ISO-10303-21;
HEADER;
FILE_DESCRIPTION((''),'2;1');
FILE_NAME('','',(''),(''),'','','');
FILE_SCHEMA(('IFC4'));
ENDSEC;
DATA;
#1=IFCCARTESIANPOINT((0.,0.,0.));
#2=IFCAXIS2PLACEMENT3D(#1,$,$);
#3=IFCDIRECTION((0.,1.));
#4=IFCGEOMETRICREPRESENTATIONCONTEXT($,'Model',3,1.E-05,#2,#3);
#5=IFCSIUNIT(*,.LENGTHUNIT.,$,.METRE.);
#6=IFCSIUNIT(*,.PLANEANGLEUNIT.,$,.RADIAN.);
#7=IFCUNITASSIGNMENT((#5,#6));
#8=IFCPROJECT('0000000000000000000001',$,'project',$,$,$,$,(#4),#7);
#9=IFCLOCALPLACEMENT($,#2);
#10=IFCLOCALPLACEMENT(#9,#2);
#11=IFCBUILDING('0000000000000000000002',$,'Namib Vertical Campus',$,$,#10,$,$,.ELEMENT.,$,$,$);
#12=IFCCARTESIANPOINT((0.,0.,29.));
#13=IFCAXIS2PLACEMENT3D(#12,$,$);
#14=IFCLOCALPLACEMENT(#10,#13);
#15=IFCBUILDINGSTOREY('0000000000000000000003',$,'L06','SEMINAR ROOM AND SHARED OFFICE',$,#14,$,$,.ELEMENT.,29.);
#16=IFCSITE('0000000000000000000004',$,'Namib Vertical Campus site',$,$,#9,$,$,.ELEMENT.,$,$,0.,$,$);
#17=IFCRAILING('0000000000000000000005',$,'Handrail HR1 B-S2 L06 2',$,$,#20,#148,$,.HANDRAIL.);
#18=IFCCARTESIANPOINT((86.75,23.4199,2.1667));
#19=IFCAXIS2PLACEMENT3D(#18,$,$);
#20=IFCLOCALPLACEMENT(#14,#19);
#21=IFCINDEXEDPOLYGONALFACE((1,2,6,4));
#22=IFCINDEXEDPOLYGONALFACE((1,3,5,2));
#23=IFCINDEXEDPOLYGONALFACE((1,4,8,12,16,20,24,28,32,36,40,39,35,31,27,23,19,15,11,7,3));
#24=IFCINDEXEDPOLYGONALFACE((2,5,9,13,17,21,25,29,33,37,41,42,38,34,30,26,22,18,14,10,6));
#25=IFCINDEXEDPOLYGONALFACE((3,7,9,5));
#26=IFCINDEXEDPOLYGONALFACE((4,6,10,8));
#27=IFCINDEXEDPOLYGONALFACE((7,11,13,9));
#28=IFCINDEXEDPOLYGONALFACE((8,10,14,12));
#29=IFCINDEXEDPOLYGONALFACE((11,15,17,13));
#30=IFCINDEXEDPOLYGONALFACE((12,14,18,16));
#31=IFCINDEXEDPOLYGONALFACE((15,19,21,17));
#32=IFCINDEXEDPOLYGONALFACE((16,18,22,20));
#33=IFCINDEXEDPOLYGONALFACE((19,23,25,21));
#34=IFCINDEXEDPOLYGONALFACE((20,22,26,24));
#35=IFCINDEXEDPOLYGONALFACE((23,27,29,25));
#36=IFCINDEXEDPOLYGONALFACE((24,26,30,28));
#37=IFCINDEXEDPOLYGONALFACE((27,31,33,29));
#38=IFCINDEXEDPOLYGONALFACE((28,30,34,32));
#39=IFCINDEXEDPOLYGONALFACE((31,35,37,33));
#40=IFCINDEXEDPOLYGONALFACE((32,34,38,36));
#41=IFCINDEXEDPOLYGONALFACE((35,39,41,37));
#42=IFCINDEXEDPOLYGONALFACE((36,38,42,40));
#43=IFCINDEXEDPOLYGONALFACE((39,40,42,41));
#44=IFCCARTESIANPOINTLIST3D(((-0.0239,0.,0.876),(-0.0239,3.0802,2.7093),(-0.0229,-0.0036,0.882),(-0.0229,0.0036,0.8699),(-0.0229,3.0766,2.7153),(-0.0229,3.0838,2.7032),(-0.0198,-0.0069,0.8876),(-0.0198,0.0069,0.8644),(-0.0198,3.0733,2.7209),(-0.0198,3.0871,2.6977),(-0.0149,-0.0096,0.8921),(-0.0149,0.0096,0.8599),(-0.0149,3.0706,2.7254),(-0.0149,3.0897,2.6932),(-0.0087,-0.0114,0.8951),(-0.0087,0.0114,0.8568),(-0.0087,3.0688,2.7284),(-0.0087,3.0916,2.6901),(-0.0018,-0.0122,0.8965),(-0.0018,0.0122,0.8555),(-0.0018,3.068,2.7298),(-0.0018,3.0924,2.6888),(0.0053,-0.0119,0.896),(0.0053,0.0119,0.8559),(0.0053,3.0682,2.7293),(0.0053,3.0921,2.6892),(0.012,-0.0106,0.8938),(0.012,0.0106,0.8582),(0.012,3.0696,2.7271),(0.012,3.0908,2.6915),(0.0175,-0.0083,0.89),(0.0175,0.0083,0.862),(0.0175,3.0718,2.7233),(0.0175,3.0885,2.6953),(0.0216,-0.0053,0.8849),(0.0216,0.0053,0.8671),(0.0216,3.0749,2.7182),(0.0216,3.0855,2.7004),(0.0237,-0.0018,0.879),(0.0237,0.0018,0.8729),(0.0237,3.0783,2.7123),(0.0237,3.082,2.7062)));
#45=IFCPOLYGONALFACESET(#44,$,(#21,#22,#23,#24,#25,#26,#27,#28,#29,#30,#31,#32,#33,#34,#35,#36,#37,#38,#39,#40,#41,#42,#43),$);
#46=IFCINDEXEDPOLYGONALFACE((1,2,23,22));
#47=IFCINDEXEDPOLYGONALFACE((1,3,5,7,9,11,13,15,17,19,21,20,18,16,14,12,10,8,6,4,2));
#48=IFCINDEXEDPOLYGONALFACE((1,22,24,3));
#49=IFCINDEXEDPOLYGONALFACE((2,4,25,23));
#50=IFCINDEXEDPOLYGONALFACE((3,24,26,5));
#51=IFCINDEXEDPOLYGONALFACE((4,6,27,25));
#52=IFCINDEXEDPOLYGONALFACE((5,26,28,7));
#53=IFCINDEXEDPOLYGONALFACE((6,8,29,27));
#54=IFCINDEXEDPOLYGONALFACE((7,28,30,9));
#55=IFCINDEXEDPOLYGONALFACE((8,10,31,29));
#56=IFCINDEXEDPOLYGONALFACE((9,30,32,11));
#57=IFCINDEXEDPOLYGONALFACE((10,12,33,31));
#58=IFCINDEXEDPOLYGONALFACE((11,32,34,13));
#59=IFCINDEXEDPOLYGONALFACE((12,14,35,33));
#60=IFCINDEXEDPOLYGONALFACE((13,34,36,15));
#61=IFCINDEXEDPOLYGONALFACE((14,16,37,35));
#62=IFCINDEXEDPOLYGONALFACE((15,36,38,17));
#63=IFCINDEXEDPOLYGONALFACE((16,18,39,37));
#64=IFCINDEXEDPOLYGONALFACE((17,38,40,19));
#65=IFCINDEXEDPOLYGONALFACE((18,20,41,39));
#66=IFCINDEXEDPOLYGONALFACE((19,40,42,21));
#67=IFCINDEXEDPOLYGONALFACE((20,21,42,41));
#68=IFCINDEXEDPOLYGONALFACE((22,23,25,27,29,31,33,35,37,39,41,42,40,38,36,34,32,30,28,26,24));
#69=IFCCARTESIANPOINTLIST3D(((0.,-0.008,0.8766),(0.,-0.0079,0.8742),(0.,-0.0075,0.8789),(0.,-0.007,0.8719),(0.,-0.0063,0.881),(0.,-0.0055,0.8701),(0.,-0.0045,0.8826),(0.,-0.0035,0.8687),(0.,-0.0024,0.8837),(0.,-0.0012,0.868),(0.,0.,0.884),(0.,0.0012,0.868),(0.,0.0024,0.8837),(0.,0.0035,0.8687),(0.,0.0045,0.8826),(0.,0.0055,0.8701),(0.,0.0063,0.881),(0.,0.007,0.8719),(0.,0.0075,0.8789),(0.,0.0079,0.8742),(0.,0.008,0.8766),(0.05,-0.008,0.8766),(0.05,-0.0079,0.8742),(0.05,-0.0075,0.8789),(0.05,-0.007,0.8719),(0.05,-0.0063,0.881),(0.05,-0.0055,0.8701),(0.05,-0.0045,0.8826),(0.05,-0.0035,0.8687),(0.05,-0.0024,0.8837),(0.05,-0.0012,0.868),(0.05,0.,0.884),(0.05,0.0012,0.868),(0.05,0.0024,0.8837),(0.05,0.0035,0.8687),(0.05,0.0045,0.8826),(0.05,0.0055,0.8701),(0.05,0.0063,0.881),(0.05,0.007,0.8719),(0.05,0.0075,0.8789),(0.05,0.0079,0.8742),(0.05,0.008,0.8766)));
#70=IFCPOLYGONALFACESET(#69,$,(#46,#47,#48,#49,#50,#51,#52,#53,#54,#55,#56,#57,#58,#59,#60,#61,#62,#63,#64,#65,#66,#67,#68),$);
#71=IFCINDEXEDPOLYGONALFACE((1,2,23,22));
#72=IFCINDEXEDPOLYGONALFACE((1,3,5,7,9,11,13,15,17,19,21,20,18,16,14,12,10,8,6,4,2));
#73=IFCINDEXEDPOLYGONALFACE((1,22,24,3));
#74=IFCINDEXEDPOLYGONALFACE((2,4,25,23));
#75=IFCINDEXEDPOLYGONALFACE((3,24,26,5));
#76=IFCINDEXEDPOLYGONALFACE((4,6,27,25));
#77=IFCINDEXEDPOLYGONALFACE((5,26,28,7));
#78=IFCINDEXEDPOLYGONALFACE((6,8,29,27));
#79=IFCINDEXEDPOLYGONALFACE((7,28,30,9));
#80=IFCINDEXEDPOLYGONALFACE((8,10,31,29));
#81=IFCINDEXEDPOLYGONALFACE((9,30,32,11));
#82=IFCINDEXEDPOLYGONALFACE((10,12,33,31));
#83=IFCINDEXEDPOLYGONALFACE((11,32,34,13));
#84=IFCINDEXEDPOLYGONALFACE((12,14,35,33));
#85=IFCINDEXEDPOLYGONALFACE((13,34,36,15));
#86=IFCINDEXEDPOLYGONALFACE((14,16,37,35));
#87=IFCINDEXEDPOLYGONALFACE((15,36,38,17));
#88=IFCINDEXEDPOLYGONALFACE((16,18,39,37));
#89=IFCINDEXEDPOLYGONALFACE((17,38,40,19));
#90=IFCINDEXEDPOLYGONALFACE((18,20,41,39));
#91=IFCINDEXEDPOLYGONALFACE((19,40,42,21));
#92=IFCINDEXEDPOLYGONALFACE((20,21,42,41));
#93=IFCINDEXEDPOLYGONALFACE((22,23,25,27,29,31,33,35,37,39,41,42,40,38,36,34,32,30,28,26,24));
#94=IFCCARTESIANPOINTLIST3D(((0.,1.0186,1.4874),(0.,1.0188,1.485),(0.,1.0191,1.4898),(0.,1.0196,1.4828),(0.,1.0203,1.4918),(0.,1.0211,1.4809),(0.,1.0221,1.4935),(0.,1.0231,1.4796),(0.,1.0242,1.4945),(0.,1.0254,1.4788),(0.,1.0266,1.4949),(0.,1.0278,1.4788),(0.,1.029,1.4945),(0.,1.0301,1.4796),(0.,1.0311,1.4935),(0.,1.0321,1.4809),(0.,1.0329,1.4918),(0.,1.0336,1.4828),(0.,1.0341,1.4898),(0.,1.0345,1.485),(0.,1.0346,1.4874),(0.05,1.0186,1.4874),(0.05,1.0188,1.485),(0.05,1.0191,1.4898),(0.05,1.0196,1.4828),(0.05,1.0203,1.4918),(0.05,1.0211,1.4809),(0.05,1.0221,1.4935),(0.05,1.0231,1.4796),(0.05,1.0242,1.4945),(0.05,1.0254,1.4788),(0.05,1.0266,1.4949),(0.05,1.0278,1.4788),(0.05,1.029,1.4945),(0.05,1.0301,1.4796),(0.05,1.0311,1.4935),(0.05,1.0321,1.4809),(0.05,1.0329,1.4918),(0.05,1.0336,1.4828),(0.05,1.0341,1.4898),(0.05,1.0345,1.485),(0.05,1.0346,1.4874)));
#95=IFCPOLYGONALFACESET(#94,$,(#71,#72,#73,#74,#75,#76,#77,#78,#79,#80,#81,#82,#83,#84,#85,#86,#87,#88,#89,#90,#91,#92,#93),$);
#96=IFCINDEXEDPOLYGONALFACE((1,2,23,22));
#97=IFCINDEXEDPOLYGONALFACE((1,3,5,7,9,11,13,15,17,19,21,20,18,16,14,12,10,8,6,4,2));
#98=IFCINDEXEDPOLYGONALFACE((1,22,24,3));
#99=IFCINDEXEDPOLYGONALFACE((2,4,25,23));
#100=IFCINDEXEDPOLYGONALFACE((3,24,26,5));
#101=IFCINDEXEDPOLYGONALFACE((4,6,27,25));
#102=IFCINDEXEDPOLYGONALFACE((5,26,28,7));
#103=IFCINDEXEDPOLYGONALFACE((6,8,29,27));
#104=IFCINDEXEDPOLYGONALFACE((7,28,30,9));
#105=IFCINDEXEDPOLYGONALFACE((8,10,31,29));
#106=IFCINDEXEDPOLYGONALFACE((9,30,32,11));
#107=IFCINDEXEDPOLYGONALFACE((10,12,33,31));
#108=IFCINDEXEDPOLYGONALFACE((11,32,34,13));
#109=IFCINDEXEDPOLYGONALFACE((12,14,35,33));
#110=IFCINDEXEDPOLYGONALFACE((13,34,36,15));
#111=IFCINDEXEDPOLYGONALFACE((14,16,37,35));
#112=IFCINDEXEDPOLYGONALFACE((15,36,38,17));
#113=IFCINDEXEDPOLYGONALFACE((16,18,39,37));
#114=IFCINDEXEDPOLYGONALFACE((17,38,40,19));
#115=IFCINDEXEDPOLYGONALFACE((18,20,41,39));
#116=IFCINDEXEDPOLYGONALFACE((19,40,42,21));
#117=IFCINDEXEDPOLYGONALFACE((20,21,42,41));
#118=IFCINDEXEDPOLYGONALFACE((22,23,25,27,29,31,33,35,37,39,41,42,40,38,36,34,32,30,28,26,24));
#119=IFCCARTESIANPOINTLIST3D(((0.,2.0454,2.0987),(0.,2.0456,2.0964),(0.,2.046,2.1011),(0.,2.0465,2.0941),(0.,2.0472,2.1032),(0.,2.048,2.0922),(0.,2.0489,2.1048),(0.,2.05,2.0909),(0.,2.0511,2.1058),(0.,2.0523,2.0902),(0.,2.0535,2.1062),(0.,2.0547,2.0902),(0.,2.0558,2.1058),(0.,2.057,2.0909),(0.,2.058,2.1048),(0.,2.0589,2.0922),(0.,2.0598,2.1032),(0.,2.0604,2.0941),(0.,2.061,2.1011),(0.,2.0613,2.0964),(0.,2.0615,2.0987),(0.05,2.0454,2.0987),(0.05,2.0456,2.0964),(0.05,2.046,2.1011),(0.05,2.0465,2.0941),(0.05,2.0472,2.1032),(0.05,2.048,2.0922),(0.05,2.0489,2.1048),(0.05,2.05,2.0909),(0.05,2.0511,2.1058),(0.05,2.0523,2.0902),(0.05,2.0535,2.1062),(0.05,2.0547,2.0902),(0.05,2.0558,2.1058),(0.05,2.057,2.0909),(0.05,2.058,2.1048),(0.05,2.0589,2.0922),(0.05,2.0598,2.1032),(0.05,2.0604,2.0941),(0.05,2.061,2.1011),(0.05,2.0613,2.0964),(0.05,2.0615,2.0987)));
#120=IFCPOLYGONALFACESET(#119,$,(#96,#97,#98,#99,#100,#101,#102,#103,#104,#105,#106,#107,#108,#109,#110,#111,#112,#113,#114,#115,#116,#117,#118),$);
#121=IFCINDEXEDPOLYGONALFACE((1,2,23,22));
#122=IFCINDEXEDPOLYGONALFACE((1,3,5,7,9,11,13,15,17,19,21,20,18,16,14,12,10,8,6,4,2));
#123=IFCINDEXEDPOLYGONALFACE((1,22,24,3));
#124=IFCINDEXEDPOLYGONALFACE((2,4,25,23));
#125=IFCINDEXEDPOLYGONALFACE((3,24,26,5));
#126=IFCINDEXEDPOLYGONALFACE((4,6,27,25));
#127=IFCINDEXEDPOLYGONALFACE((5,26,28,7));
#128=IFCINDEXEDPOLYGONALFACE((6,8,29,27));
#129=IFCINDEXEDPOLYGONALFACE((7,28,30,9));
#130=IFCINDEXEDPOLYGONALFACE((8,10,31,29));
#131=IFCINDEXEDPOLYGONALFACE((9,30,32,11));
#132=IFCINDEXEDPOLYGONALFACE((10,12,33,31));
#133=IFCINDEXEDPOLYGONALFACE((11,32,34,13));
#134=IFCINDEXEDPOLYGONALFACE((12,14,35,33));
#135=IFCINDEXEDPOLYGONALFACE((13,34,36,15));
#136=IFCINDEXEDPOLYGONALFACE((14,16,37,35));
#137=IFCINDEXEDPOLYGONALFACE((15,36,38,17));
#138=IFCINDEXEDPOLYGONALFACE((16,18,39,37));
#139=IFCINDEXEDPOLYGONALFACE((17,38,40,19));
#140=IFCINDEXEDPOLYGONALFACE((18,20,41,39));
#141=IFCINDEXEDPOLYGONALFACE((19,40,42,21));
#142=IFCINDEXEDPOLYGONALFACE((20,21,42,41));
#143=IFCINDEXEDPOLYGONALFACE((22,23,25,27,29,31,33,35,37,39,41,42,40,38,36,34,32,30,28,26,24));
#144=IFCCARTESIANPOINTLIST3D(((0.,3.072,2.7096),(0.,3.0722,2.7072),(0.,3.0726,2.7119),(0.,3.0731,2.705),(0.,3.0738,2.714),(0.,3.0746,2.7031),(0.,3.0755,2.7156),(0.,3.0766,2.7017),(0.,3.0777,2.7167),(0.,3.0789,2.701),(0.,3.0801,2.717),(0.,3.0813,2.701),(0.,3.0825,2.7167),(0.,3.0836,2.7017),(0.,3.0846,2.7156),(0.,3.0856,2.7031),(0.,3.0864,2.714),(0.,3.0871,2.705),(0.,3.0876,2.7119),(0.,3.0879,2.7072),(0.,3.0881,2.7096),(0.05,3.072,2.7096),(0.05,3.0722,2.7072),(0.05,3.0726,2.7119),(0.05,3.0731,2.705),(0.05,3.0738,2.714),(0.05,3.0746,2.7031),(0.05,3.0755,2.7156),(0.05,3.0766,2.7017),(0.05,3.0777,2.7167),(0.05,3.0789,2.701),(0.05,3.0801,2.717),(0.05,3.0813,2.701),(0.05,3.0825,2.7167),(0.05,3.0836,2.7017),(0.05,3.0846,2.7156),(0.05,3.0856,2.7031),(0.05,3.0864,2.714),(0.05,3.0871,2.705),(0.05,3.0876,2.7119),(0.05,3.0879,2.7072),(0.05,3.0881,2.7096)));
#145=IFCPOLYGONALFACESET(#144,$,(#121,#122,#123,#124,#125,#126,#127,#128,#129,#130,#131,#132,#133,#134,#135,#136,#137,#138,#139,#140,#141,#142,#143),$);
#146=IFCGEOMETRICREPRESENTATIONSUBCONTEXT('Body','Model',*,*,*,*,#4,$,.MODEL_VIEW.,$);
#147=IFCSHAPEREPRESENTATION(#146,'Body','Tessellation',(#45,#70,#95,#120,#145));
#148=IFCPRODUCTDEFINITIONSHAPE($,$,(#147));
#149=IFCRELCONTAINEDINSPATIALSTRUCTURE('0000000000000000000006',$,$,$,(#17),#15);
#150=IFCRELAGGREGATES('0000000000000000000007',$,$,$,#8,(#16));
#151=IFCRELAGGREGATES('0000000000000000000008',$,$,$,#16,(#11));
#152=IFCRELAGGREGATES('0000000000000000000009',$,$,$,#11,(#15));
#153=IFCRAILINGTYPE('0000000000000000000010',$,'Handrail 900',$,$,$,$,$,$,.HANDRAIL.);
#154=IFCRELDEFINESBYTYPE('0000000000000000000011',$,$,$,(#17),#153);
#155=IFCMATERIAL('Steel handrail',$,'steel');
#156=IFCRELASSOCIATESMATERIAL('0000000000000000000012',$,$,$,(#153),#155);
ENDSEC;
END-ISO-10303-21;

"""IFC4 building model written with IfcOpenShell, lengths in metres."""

from ifc_helpers import new_model, si_unit, direction, frame, origin, origin_2d, place, context, subcontext, project, spatial, circle, extrude, material, type_object, element, save


model = new_model("IFC4")

# Units and contexts
model_context = context("Model", 3, precision=1e-05, world=origin(), true_north=direction((0.0, 1.0)))
body_context = subcontext(model_context, "Body", "Model", "MODEL_VIEW")
ifc_project = project(units=[si_unit("LENGTHUNIT", "METRE"), si_unit("PLANEANGLEUNIT", "RADIAN")], contexts=[model_context])

# Site, building, storey
site_placement = place(None, origin())
site = spatial("IfcSite", under=ifc_project, at=site_placement, Name="Namib Vertical Campus site", CompositionType="ELEMENT", RefElevation=0.0)
building_placement = place(site_placement, origin())
building = spatial("IfcBuilding", under=site, at=building_placement, Name="Namib Vertical Campus", CompositionType="ELEMENT")
storey_placement = place(building_placement, frame((0.0, 0.0, 29.0)))
storey = spatial("IfcBuildingStorey", under=building, at=storey_placement, Name="L06", Description="SEMINAR ROOM AND SHARED OFFICE", CompositionType="ELEMENT", Elevation=29.0)

# Railing
ifc_material_1 = material(Name="Steel handrail", Category="steel")
railing_type_1 = type_object("IfcRailingType", Name="Handrail 900", PredefinedType="HANDRAIL", material=ifc_material_1)
railing_1_placement = place(storey_placement, frame((86.75, 23.4199, 2.1667)))
element("IfcRailing", 1, at=railing_1_placement, inside=storey, type_object=railing_type_1, Name="Handrail HR1 B-S2 L06 2", PredefinedType="HANDRAIL", context=body_context, shape_type="SweptSolid", body=[
    extrude(circle(Radius=0.0239, at=origin_2d()), frame((0.0, 0.0, 0.876), z_axis=(0.0, 0.859309, 0.511458), x_axis=(-1.0, 0.0, 0.0)), (0.0, 0.0, 1.0), 3.5845),
    extrude(circle(Radius=0.0081, at=origin_2d()), frame((0.0, 0.0, 0.876), z_axis=(1.0, 0.0, 0.0), x_axis=(0.0, 0.0, 1.0)), (0.0, 0.0, 1.0), 0.05),
    extrude(circle(Radius=0.0081, at=origin_2d()), frame((0.0, 1.0266, 1.4868), z_axis=(1.0, 0.0, 0.0), x_axis=(0.0, 0.0, 1.0)), (0.0, 0.0, 1.0), 0.05),
    extrude(circle(Radius=0.0081, at=origin_2d()), frame((0.0, 2.0535, 2.0981), z_axis=(1.0, 0.0, 0.0), x_axis=(0.0, 0.0, 1.0)), (0.0, 0.0, 1.0), 0.05),
    extrude(circle(Radius=0.0081, at=origin_2d()), frame((0.0, 3.0801, 2.709), z_axis=(1.0, 0.0, 0.0), x_axis=(0.0, 0.0, 1.0)), (0.0, 0.0, 1.0), 0.05),
])

save(model, "model.ifc")
